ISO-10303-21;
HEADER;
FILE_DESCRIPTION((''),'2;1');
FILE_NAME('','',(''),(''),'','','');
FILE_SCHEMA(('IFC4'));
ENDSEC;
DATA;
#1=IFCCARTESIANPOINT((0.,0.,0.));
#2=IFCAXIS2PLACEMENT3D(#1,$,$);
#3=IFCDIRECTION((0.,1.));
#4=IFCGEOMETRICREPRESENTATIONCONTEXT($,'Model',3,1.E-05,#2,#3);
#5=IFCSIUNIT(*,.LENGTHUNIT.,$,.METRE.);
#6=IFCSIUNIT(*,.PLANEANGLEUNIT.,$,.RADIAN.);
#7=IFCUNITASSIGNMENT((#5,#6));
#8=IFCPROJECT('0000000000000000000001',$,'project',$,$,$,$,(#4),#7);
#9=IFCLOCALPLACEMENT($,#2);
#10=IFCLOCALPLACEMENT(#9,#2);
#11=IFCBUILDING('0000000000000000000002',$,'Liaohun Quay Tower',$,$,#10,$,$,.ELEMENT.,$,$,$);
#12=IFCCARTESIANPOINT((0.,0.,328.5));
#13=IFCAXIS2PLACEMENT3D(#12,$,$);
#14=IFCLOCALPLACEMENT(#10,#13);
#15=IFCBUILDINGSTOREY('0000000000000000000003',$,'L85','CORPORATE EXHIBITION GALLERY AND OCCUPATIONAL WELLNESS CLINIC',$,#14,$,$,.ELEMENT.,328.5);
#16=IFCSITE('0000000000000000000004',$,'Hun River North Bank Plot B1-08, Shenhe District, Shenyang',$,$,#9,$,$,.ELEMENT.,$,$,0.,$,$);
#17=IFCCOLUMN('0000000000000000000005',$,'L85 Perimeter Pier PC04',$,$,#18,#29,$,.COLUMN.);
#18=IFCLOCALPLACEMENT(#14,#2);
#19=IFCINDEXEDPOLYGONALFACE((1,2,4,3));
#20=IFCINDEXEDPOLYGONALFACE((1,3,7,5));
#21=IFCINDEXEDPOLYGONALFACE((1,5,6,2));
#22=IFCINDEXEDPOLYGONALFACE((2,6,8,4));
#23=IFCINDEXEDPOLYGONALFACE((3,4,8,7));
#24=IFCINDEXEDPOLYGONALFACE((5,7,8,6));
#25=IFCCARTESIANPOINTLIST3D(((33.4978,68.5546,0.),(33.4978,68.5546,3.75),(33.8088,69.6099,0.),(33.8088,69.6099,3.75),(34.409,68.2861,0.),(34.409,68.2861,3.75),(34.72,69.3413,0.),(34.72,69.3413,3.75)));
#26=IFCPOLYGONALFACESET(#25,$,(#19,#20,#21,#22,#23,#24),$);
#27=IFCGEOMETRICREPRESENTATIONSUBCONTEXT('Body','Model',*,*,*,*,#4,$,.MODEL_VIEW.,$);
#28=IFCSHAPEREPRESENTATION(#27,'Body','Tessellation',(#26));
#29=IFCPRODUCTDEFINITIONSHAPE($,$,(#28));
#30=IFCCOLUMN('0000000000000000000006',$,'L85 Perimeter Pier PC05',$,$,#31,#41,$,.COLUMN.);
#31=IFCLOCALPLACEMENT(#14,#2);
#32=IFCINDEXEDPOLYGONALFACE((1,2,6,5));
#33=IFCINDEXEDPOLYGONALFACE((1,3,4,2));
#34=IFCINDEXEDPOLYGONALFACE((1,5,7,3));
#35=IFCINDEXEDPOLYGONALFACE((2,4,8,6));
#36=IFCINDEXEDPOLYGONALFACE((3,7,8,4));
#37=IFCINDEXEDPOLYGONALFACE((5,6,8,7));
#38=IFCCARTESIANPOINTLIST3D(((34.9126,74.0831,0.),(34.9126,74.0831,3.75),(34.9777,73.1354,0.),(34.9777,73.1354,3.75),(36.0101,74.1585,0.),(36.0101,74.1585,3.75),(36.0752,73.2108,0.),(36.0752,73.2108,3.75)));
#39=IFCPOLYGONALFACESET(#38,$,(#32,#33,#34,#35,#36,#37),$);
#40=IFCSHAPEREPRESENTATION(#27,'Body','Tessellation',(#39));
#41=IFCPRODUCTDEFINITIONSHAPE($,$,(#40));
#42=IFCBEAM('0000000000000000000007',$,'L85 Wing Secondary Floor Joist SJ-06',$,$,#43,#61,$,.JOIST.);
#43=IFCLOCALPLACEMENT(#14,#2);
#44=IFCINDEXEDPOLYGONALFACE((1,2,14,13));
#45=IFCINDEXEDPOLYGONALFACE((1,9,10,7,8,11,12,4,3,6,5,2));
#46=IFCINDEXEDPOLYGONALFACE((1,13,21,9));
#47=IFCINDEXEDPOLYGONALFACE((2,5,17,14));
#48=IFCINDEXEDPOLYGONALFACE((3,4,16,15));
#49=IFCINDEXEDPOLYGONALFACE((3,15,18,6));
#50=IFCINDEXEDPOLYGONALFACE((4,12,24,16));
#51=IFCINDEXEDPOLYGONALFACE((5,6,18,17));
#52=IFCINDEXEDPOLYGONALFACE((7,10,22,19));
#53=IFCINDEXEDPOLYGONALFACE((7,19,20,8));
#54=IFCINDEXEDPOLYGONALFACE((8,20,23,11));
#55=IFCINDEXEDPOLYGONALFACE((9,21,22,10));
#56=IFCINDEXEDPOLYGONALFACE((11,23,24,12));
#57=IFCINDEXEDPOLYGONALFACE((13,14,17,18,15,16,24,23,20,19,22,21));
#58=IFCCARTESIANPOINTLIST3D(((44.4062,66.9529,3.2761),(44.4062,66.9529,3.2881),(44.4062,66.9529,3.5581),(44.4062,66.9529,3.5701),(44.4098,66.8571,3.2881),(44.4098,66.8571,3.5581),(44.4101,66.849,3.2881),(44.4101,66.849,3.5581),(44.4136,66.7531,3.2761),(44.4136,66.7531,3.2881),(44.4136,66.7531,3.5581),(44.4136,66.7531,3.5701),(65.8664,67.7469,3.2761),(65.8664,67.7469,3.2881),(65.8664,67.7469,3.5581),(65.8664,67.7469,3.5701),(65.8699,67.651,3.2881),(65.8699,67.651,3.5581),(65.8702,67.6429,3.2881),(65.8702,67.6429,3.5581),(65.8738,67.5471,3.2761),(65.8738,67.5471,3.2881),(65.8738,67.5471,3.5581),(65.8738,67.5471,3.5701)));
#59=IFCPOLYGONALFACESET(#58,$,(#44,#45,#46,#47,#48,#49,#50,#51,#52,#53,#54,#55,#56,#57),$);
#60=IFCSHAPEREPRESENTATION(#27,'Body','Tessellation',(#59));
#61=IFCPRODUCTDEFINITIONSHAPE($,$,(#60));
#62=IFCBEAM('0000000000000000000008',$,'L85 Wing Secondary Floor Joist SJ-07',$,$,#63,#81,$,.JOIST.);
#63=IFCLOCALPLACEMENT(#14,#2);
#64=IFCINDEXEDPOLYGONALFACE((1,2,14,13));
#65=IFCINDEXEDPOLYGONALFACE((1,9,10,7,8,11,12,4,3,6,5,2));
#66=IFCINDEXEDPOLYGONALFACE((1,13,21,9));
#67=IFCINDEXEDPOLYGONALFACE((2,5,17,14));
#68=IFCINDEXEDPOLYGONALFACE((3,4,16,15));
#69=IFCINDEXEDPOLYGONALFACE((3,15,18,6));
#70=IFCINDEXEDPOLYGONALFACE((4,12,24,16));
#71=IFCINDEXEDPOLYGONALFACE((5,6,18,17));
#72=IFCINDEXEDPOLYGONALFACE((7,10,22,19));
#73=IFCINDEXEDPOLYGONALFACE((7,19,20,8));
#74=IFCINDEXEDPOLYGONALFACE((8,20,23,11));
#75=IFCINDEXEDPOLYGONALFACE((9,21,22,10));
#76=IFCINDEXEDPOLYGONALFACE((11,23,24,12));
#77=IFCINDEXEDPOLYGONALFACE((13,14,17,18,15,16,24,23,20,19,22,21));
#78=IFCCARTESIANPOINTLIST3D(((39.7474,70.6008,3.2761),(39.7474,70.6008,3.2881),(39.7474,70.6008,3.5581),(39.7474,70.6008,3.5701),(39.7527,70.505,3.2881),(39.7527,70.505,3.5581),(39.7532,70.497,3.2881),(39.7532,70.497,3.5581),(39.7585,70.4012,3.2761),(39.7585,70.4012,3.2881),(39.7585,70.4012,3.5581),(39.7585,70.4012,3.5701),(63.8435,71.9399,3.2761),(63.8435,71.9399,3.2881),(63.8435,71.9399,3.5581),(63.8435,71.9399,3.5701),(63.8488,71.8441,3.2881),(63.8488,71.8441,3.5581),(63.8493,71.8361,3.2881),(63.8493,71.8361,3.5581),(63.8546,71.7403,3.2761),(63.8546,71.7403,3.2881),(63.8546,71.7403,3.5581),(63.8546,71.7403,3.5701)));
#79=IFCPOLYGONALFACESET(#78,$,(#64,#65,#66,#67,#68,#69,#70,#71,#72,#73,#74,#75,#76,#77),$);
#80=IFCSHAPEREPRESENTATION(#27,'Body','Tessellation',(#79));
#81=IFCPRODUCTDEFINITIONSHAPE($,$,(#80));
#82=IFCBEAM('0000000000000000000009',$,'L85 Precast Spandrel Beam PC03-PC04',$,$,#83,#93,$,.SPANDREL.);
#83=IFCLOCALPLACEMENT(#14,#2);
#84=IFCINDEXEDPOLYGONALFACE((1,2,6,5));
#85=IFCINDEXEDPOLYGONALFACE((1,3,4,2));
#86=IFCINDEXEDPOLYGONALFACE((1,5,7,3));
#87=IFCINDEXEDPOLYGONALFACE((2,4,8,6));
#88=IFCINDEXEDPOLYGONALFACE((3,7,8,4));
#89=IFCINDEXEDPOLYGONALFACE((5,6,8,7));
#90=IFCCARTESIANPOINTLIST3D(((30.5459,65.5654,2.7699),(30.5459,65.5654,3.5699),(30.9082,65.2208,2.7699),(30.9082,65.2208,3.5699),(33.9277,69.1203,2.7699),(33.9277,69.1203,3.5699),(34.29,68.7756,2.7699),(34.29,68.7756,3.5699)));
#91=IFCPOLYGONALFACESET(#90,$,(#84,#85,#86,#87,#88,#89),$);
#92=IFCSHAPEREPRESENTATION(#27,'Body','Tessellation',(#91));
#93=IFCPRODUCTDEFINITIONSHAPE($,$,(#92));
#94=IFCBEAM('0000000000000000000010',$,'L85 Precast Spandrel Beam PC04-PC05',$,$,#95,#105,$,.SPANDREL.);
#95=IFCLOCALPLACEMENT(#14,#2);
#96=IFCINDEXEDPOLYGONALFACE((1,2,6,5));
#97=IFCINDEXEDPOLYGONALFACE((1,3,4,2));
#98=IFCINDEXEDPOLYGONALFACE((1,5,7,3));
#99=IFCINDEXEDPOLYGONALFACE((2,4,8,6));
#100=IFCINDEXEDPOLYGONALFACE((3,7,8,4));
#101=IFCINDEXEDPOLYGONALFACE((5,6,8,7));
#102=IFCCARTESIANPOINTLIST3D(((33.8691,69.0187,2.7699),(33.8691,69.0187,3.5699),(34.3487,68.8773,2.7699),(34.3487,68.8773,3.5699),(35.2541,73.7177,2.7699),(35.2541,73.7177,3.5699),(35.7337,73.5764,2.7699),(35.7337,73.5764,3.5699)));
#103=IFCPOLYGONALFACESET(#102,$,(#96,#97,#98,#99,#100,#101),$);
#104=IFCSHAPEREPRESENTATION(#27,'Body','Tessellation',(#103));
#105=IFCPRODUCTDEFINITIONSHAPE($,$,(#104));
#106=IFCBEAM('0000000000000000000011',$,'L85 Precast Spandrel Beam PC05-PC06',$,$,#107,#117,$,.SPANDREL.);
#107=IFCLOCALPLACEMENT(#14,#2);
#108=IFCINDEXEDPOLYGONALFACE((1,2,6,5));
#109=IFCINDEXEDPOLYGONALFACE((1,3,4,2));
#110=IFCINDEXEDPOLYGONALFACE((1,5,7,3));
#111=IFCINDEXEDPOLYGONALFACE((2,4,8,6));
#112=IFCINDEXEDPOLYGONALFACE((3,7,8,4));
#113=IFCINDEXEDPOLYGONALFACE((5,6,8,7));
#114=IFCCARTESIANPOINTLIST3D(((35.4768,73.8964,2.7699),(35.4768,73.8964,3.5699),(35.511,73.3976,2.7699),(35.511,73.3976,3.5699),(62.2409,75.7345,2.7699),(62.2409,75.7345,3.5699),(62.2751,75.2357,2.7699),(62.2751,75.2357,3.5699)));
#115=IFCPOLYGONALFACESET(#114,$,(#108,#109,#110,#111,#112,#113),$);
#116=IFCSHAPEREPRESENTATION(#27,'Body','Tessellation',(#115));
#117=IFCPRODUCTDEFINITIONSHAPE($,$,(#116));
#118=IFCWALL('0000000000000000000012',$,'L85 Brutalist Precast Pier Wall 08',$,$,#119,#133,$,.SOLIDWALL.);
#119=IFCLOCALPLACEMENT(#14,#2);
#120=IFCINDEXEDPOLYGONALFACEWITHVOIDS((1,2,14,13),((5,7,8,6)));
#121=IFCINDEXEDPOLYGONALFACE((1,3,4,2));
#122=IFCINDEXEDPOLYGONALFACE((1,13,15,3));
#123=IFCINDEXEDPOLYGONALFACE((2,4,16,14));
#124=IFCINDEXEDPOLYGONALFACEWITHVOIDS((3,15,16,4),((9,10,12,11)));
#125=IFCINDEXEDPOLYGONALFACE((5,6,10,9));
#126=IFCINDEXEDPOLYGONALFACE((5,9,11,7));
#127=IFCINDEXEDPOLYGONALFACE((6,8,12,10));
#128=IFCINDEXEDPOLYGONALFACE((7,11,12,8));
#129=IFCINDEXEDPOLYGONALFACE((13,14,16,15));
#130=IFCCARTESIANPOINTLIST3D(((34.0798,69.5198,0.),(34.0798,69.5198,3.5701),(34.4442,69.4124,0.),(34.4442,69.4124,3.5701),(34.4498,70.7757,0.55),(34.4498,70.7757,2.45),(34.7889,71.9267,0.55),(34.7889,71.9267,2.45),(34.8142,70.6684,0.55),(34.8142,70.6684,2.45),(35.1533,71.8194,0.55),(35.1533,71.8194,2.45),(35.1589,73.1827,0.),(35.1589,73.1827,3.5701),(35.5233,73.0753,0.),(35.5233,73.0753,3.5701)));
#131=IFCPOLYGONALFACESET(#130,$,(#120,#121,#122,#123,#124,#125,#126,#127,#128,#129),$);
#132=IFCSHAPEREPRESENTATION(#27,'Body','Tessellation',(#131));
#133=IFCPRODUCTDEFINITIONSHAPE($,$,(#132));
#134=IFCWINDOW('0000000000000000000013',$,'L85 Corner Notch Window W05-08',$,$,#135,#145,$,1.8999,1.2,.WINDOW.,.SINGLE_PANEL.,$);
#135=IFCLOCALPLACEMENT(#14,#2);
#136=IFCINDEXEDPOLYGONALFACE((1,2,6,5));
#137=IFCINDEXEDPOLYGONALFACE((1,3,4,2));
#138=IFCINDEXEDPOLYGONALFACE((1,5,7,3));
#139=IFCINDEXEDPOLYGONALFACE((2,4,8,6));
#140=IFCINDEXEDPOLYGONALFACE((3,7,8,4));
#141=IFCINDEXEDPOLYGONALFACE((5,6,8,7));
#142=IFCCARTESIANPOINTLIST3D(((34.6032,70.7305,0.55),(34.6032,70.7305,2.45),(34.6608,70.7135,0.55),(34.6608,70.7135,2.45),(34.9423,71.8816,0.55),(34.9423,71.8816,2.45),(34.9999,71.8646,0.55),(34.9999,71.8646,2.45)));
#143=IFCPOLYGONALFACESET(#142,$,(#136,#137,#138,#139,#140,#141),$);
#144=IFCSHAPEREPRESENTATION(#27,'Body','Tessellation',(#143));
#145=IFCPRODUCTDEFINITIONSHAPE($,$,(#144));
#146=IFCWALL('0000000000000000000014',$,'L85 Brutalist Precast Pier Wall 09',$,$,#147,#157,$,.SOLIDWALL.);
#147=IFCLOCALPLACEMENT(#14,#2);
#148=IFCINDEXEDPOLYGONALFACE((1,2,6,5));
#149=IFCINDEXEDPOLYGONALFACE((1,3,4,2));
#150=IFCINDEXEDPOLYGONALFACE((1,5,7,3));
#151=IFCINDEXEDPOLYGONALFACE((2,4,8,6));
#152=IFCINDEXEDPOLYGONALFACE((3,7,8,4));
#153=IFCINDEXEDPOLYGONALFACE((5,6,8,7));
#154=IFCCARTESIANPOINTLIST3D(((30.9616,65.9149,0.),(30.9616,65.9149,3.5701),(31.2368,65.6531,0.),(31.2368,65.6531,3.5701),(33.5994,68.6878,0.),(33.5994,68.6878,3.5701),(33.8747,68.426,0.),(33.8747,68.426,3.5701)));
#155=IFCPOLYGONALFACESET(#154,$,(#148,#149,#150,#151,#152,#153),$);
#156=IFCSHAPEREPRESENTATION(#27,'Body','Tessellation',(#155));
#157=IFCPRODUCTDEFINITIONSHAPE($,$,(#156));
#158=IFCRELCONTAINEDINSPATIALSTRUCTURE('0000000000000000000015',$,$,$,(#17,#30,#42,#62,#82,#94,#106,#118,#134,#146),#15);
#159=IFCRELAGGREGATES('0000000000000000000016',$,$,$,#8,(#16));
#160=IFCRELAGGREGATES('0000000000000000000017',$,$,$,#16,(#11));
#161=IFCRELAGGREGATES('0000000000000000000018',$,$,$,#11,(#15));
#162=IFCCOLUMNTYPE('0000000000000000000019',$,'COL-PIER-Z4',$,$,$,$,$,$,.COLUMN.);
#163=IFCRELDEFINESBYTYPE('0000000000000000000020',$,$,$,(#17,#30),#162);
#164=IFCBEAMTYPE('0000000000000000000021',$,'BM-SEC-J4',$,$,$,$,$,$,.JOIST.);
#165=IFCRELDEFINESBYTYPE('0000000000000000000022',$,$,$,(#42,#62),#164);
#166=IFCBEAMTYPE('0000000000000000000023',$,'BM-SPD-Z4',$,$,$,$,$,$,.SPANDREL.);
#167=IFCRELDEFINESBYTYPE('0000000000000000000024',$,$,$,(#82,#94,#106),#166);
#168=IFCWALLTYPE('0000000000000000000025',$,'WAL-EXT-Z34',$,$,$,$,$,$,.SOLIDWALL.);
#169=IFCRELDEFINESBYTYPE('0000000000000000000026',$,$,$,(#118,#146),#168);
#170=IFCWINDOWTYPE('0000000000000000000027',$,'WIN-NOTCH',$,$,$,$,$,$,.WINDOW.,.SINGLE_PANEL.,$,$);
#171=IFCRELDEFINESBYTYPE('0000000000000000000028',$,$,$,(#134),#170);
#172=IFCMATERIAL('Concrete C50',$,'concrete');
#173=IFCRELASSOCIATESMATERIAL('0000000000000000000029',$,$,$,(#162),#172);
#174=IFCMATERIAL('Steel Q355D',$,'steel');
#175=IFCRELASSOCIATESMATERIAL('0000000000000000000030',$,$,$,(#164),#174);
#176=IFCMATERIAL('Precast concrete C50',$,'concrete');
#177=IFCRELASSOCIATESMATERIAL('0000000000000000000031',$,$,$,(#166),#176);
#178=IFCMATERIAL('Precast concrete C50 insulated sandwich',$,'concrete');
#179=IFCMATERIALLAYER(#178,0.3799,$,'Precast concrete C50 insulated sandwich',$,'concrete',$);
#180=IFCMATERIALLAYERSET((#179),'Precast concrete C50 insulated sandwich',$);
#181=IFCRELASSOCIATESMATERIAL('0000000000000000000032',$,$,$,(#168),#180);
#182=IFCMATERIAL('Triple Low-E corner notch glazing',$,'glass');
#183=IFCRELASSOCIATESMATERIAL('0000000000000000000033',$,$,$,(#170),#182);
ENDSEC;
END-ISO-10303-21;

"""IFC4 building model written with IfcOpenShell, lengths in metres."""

from ifc_helpers import new_model, si_unit, direction, frame, frame_2d, origin, origin_2d, place, context, subcontext, project, spatial, rectangle, i_section, extrude, source, transform, mapped, material, layer, layer_set, material_profile, profile_set, type_object, element, fill, save


model = new_model("IFC4")

# Units and contexts
model_context = context("Model", 3, precision=1e-05, world=origin(), true_north=direction((0.0, 1.0)))
body_context = subcontext(model_context, "Body", "Model", "MODEL_VIEW")
ifc_project = project(units=[si_unit("LENGTHUNIT", "METRE"), si_unit("PLANEANGLEUNIT", "RADIAN")], contexts=[model_context])

# Site, building, storey
site_placement = place(None, origin())
site = spatial("IfcSite", under=ifc_project, at=site_placement, Name="Hun River North Bank Plot B1-08, Shenhe District, Shenyang", CompositionType="ELEMENT", RefElevation=0.0)
building_placement = place(site_placement, origin())
building = spatial("IfcBuilding", under=site, at=building_placement, Name="Liaohun Quay Tower", CompositionType="ELEMENT")
storey_placement = place(building_placement, frame((0.0, 0.0, 328.5)))
storey = spatial("IfcBuildingStorey", under=building, at=storey_placement, Name="L85", Description="CORPORATE EXHIBITION GALLERY AND OCCUPATIONAL WELLNESS CLINIC", CompositionType="ELEMENT", Elevation=328.5)

# Columns
ifc_material_1 = material(Name="Concrete C50", Category="concrete")
ifc_material_profile_1 = material_profile(ifc_material_1, rectangle(XDim=1.1001, YDim=0.95, at=origin_2d()), Name="RC1100x950")
ifc_profile_set_1 = profile_set([ifc_material_profile_1], Name="Concrete C50")
column_type = type_object("IfcColumnType", Name="COL-PIER-Z4", PredefinedType="COLUMN", material=ifc_profile_set_1)
shared_shape_1 = source(origin(), body_context, "Body", "SweptSolid", [
    extrude(rectangle(XDim=1.1001, YDim=0.95, at=origin_2d()), origin(), (0.0, 0.0, 1.0), 3.75),
])
for number, where, z_axis, x_axis, name in (
    (1, (34.1089, 68.948, 0.0), (0.0, 0.0, 1.0), (0.282676, 0.959215, 0.0), "L85 Perimeter Pier PC04"),
    (2, (35.4939, 73.647, 0.0), (0.0, 0.0, 1.0), (0.997649, 0.068538, 0.0), "L85 Perimeter Pier PC05"),
):
    element("IfcColumn", number, at=place(storey_placement, frame(where, z_axis=z_axis, x_axis=x_axis)), inside=storey, type_object=column_type, Name=name, PredefinedType="COLUMN", context=body_context, shape_type="MappedRepresentation", body=[
        mapped(shared_shape_1, transform((0.0, 0.0, 0.0), x_axis=(1.0, 0.0, 0.0), y_axis=(0.0, 1.0, 0.0), z_axis=(0.0, 0.0, 1.0), scale=1.0)),
    ])

# Beams
ifc_material_2 = material(Name="Steel Q355D", Category="steel")
ifc_material_profile_2 = material_profile(ifc_material_2, i_section(OverallWidth=0.2, OverallDepth=0.2939, WebThickness=0.0081, FlangeThickness=0.012, at=origin_2d()), Name="HM294x200x8x12")
ifc_profile_set_2 = profile_set([ifc_material_profile_2], Name="Steel Q355D")
beam_type_1 = type_object("IfcBeamType", Name="BM-SEC-J4", PredefinedType="JOIST", material=ifc_profile_set_2)
shared_shape_2 = source(origin(), body_context, "Body", "SweptSolid", [
    extrude(i_section(OverallWidth=0.2, OverallDepth=0.2939, WebThickness=0.0081, FlangeThickness=0.012, at=origin_2d()), origin(), (0.0, 0.0, 1.0), 21.4749),
])
beam_1_placement = place(storey_placement, frame((44.4099, 66.853, 3.4231), z_axis=(0.999316, 0.036971, 0.0), x_axis=(-0.036971, 0.999316, 0.0)))
element("IfcBeam", 3, at=beam_1_placement, inside=storey, type_object=beam_type_1, Name="L85 Wing Secondary Floor Joist SJ-06", PredefinedType="JOIST", context=body_context, shape_type="MappedRepresentation", body=[
    mapped(shared_shape_2, transform((0.0, 0.0, 0.0), x_axis=(1.0, 0.0, 0.0), y_axis=(0.0, 1.0, 0.0), z_axis=(0.0, 0.0, 1.0), scale=1.0)),
])
shared_shape_3 = source(origin(), body_context, "Body", "SweptSolid", [
    extrude(i_section(OverallWidth=0.2, OverallDepth=0.2939, WebThickness=0.0081, FlangeThickness=0.012, at=origin_2d()), origin(), (0.0, 0.0, 1.0), 24.1333),
])
beam_2_placement = place(storey_placement, frame((39.7529, 70.501, 3.4231), z_axis=(0.998459, 0.055488, 0.0), x_axis=(-0.055488, 0.998459, 0.0)))
element("IfcBeam", 4, at=beam_2_placement, inside=storey, type_object=beam_type_1, Name="L85 Wing Secondary Floor Joist SJ-07", PredefinedType="JOIST", context=body_context, shape_type="MappedRepresentation", body=[
    mapped(shared_shape_3, transform((0.0, 0.0, 0.0), x_axis=(1.0, 0.0, 0.0), y_axis=(0.0, 1.0, 0.0), z_axis=(0.0, 0.0, 1.0), scale=1.0)),
])
ifc_material_3 = material(Name="Precast concrete C50", Category="concrete")
ifc_material_profile_3 = material_profile(ifc_material_3, rectangle(XDim=0.5, YDim=0.8, at=origin_2d()), Name="RC500x800")
ifc_profile_set_3 = profile_set([ifc_material_profile_3], Name="Precast concrete C50")
beam_type_2 = type_object("IfcBeamType", Name="BM-SPD-Z4", PredefinedType="SPANDREL", material=ifc_profile_set_3)
shared_shape_4 = source(origin(), body_context, "Body", "SweptSolid", [
    extrude(rectangle(XDim=0.5, YDim=0.8, at=origin_2d()), origin(), (0.0, 0.0, 1.0), 4.9065),
])
beam_3_placement = place(storey_placement, frame((30.7271, 65.3931, 3.1699), z_axis=(0.689248, 0.724526, 0.0), x_axis=(-0.724526, 0.689248, 0.0)))
element("IfcBeam", 5, at=beam_3_placement, inside=storey, type_object=beam_type_2, Name="L85 Precast Spandrel Beam PC03-PC04", PredefinedType="SPANDREL", context=body_context, shape_type="MappedRepresentation", body=[
    mapped(shared_shape_4, transform((0.0, 0.0, 0.0), x_axis=(1.0, 0.0, 0.0), y_axis=(0.0, 1.0, 0.0), z_axis=(0.0, 0.0, 1.0), scale=1.0)),
])
shared_shape_5 = source(origin(), body_context, "Body", "SweptSolid", [
    extrude(rectangle(XDim=0.5, YDim=0.8, at=origin_2d()), origin(), (0.0, 0.0, 1.0), 4.8989),
])
beam_4_placement = place(storey_placement, frame((34.1089, 68.948, 3.1699), z_axis=(0.282722, 0.959202, 0.0), x_axis=(-0.959202, 0.282722, 0.0)))
element("IfcBeam", 6, at=beam_4_placement, inside=storey, type_object=beam_type_2, Name="L85 Precast Spandrel Beam PC04-PC05", PredefinedType="SPANDREL", context=body_context, shape_type="MappedRepresentation", body=[
    mapped(shared_shape_5, transform((0.0, 0.0, 0.0), x_axis=(1.0, 0.0, 0.0), y_axis=(0.0, 1.0, 0.0), z_axis=(0.0, 0.0, 1.0), scale=1.0)),
])
shared_shape_6 = source(origin(), body_context, "Body", "SweptSolid", [
    extrude(rectangle(XDim=0.5, YDim=0.8, at=origin_2d()), origin(), (0.0, 0.0, 1.0), 26.8271),
])
beam_5_placement = place(storey_placement, frame((35.4939, 73.647, 3.1699), z_axis=(0.99765, 0.068518, 0.0), x_axis=(-0.068518, 0.99765, 0.0)))
element("IfcBeam", 7, at=beam_5_placement, inside=storey, type_object=beam_type_2, Name="L85 Precast Spandrel Beam PC05-PC06", PredefinedType="SPANDREL", context=body_context, shape_type="MappedRepresentation", body=[
    mapped(shared_shape_6, transform((0.0, 0.0, 0.0), x_axis=(1.0, 0.0, 0.0), y_axis=(0.0, 1.0, 0.0), z_axis=(0.0, 0.0, 1.0), scale=1.0)),
])

# Wall, opening, window
ifc_material_4 = material(Name="Precast concrete C50 insulated sandwich", Category="concrete")
ifc_layer_1 = layer(ifc_material_4, 0.3799, Name="Precast concrete C50 insulated sandwich", Category="concrete")
ifc_layer_set_1 = layer_set([ifc_layer_1], Name="Precast concrete C50 insulated sandwich")
wall_type_1 = type_object("IfcWallType", Name="WAL-EXT-Z34", PredefinedType="SOLIDWALL", material=ifc_layer_set_1)
wall_1_placement = place(storey_placement, frame((35.3411, 73.1289, 0.0), z_axis=(0.0, 0.0, 1.0), x_axis=(-0.282599, -0.959238, 0.0)))
wall_1 = element("IfcWall", 8, at=wall_1_placement, inside=storey, type_object=wall_type_1, Name="L85 Brutalist Precast Pier Wall 08", PredefinedType="SOLIDWALL", context=body_context, shape_type="SweptSolid", body=[
    extrude(rectangle(XDim=3.8186, YDim=0.3799, at=frame_2d((1.9092, 0.0))), origin(), (0.0, 0.0, 1.0), 3.5701),
])
shared_shape_7 = source(origin(), body_context, "Body", "SweptSolid", [
    extrude(rectangle(XDim=1.2, YDim=1.8999, at=frame_2d((0.6001, 0.95))), frame((0.0, 0.2, 0.0), z_axis=(0.0, -1.0, 0.0), x_axis=(1.0, 0.0, 0.0)), (0.0, 0.0, 1.0), 0.3999),
])
opening_1_placement = place(wall_1_placement, frame((1.3091, 0.0, 0.55)))
opening_1 = element("IfcOpeningElement", 9, at=opening_1_placement, cuts=wall_1, PredefinedType="OPENING", context=body_context, shape_type="MappedRepresentation", body=[
    mapped(shared_shape_7, transform((0.0, 0.0, 0.0), x_axis=(1.0, 0.0, 0.0), y_axis=(0.0, 1.0, 0.0), z_axis=(0.0, 0.0, 1.0), scale=1.0)),
])
ifc_material_5 = material(Name="Triple Low-E corner notch glazing", Category="glass")
window_type = type_object("IfcWindowType", Name="WIN-NOTCH", PartitioningType="SINGLE_PANEL", PredefinedType="WINDOW", material=ifc_material_5)
shared_shape_8 = source(origin(), body_context, "Body", "SweptSolid", [
    extrude(rectangle(XDim=1.2, YDim=1.8999, at=frame_2d((0.6001, 0.95))), frame((0.0, 0.03, 0.0), z_axis=(0.0, -1.0, 0.0), x_axis=(1.0, 0.0, 0.0)), (0.0, 0.0, 1.0), 0.0601),
])
window_placement = place(opening_1_placement, origin())
window = element("IfcWindow", 10, at=window_placement, inside=storey, type_object=window_type, Name="L85 Corner Notch Window W05-08", OverallHeight=1.8999, OverallWidth=1.2, PartitioningType="SINGLE_PANEL", PredefinedType="WINDOW", context=body_context, shape_type="MappedRepresentation", body=[
    mapped(shared_shape_8, transform((0.0, 0.0, 0.0), x_axis=(1.0, 0.0, 0.0), y_axis=(0.0, 1.0, 0.0), z_axis=(0.0, 0.0, 1.0), scale=1.0)),
])
fill(opening_1, window)

# Wall
wall_2_placement = place(storey_placement, frame((33.7371, 68.5569, 0.0), z_axis=(0.0, 0.0, 1.0), x_axis=(-0.689249, -0.724525, 0.0)))
element("IfcWall", 11, at=wall_2_placement, inside=storey, type_object=wall_type_1, Name="L85 Brutalist Precast Pier Wall 09", PredefinedType="SOLIDWALL", context=body_context, shape_type="SweptSolid", body=[
    extrude(rectangle(XDim=3.8271, YDim=0.3799, at=frame_2d((1.9136, 0.0))), origin(), (0.0, 0.0, 1.0), 3.5701),
])

save(model, "model.ifc")
